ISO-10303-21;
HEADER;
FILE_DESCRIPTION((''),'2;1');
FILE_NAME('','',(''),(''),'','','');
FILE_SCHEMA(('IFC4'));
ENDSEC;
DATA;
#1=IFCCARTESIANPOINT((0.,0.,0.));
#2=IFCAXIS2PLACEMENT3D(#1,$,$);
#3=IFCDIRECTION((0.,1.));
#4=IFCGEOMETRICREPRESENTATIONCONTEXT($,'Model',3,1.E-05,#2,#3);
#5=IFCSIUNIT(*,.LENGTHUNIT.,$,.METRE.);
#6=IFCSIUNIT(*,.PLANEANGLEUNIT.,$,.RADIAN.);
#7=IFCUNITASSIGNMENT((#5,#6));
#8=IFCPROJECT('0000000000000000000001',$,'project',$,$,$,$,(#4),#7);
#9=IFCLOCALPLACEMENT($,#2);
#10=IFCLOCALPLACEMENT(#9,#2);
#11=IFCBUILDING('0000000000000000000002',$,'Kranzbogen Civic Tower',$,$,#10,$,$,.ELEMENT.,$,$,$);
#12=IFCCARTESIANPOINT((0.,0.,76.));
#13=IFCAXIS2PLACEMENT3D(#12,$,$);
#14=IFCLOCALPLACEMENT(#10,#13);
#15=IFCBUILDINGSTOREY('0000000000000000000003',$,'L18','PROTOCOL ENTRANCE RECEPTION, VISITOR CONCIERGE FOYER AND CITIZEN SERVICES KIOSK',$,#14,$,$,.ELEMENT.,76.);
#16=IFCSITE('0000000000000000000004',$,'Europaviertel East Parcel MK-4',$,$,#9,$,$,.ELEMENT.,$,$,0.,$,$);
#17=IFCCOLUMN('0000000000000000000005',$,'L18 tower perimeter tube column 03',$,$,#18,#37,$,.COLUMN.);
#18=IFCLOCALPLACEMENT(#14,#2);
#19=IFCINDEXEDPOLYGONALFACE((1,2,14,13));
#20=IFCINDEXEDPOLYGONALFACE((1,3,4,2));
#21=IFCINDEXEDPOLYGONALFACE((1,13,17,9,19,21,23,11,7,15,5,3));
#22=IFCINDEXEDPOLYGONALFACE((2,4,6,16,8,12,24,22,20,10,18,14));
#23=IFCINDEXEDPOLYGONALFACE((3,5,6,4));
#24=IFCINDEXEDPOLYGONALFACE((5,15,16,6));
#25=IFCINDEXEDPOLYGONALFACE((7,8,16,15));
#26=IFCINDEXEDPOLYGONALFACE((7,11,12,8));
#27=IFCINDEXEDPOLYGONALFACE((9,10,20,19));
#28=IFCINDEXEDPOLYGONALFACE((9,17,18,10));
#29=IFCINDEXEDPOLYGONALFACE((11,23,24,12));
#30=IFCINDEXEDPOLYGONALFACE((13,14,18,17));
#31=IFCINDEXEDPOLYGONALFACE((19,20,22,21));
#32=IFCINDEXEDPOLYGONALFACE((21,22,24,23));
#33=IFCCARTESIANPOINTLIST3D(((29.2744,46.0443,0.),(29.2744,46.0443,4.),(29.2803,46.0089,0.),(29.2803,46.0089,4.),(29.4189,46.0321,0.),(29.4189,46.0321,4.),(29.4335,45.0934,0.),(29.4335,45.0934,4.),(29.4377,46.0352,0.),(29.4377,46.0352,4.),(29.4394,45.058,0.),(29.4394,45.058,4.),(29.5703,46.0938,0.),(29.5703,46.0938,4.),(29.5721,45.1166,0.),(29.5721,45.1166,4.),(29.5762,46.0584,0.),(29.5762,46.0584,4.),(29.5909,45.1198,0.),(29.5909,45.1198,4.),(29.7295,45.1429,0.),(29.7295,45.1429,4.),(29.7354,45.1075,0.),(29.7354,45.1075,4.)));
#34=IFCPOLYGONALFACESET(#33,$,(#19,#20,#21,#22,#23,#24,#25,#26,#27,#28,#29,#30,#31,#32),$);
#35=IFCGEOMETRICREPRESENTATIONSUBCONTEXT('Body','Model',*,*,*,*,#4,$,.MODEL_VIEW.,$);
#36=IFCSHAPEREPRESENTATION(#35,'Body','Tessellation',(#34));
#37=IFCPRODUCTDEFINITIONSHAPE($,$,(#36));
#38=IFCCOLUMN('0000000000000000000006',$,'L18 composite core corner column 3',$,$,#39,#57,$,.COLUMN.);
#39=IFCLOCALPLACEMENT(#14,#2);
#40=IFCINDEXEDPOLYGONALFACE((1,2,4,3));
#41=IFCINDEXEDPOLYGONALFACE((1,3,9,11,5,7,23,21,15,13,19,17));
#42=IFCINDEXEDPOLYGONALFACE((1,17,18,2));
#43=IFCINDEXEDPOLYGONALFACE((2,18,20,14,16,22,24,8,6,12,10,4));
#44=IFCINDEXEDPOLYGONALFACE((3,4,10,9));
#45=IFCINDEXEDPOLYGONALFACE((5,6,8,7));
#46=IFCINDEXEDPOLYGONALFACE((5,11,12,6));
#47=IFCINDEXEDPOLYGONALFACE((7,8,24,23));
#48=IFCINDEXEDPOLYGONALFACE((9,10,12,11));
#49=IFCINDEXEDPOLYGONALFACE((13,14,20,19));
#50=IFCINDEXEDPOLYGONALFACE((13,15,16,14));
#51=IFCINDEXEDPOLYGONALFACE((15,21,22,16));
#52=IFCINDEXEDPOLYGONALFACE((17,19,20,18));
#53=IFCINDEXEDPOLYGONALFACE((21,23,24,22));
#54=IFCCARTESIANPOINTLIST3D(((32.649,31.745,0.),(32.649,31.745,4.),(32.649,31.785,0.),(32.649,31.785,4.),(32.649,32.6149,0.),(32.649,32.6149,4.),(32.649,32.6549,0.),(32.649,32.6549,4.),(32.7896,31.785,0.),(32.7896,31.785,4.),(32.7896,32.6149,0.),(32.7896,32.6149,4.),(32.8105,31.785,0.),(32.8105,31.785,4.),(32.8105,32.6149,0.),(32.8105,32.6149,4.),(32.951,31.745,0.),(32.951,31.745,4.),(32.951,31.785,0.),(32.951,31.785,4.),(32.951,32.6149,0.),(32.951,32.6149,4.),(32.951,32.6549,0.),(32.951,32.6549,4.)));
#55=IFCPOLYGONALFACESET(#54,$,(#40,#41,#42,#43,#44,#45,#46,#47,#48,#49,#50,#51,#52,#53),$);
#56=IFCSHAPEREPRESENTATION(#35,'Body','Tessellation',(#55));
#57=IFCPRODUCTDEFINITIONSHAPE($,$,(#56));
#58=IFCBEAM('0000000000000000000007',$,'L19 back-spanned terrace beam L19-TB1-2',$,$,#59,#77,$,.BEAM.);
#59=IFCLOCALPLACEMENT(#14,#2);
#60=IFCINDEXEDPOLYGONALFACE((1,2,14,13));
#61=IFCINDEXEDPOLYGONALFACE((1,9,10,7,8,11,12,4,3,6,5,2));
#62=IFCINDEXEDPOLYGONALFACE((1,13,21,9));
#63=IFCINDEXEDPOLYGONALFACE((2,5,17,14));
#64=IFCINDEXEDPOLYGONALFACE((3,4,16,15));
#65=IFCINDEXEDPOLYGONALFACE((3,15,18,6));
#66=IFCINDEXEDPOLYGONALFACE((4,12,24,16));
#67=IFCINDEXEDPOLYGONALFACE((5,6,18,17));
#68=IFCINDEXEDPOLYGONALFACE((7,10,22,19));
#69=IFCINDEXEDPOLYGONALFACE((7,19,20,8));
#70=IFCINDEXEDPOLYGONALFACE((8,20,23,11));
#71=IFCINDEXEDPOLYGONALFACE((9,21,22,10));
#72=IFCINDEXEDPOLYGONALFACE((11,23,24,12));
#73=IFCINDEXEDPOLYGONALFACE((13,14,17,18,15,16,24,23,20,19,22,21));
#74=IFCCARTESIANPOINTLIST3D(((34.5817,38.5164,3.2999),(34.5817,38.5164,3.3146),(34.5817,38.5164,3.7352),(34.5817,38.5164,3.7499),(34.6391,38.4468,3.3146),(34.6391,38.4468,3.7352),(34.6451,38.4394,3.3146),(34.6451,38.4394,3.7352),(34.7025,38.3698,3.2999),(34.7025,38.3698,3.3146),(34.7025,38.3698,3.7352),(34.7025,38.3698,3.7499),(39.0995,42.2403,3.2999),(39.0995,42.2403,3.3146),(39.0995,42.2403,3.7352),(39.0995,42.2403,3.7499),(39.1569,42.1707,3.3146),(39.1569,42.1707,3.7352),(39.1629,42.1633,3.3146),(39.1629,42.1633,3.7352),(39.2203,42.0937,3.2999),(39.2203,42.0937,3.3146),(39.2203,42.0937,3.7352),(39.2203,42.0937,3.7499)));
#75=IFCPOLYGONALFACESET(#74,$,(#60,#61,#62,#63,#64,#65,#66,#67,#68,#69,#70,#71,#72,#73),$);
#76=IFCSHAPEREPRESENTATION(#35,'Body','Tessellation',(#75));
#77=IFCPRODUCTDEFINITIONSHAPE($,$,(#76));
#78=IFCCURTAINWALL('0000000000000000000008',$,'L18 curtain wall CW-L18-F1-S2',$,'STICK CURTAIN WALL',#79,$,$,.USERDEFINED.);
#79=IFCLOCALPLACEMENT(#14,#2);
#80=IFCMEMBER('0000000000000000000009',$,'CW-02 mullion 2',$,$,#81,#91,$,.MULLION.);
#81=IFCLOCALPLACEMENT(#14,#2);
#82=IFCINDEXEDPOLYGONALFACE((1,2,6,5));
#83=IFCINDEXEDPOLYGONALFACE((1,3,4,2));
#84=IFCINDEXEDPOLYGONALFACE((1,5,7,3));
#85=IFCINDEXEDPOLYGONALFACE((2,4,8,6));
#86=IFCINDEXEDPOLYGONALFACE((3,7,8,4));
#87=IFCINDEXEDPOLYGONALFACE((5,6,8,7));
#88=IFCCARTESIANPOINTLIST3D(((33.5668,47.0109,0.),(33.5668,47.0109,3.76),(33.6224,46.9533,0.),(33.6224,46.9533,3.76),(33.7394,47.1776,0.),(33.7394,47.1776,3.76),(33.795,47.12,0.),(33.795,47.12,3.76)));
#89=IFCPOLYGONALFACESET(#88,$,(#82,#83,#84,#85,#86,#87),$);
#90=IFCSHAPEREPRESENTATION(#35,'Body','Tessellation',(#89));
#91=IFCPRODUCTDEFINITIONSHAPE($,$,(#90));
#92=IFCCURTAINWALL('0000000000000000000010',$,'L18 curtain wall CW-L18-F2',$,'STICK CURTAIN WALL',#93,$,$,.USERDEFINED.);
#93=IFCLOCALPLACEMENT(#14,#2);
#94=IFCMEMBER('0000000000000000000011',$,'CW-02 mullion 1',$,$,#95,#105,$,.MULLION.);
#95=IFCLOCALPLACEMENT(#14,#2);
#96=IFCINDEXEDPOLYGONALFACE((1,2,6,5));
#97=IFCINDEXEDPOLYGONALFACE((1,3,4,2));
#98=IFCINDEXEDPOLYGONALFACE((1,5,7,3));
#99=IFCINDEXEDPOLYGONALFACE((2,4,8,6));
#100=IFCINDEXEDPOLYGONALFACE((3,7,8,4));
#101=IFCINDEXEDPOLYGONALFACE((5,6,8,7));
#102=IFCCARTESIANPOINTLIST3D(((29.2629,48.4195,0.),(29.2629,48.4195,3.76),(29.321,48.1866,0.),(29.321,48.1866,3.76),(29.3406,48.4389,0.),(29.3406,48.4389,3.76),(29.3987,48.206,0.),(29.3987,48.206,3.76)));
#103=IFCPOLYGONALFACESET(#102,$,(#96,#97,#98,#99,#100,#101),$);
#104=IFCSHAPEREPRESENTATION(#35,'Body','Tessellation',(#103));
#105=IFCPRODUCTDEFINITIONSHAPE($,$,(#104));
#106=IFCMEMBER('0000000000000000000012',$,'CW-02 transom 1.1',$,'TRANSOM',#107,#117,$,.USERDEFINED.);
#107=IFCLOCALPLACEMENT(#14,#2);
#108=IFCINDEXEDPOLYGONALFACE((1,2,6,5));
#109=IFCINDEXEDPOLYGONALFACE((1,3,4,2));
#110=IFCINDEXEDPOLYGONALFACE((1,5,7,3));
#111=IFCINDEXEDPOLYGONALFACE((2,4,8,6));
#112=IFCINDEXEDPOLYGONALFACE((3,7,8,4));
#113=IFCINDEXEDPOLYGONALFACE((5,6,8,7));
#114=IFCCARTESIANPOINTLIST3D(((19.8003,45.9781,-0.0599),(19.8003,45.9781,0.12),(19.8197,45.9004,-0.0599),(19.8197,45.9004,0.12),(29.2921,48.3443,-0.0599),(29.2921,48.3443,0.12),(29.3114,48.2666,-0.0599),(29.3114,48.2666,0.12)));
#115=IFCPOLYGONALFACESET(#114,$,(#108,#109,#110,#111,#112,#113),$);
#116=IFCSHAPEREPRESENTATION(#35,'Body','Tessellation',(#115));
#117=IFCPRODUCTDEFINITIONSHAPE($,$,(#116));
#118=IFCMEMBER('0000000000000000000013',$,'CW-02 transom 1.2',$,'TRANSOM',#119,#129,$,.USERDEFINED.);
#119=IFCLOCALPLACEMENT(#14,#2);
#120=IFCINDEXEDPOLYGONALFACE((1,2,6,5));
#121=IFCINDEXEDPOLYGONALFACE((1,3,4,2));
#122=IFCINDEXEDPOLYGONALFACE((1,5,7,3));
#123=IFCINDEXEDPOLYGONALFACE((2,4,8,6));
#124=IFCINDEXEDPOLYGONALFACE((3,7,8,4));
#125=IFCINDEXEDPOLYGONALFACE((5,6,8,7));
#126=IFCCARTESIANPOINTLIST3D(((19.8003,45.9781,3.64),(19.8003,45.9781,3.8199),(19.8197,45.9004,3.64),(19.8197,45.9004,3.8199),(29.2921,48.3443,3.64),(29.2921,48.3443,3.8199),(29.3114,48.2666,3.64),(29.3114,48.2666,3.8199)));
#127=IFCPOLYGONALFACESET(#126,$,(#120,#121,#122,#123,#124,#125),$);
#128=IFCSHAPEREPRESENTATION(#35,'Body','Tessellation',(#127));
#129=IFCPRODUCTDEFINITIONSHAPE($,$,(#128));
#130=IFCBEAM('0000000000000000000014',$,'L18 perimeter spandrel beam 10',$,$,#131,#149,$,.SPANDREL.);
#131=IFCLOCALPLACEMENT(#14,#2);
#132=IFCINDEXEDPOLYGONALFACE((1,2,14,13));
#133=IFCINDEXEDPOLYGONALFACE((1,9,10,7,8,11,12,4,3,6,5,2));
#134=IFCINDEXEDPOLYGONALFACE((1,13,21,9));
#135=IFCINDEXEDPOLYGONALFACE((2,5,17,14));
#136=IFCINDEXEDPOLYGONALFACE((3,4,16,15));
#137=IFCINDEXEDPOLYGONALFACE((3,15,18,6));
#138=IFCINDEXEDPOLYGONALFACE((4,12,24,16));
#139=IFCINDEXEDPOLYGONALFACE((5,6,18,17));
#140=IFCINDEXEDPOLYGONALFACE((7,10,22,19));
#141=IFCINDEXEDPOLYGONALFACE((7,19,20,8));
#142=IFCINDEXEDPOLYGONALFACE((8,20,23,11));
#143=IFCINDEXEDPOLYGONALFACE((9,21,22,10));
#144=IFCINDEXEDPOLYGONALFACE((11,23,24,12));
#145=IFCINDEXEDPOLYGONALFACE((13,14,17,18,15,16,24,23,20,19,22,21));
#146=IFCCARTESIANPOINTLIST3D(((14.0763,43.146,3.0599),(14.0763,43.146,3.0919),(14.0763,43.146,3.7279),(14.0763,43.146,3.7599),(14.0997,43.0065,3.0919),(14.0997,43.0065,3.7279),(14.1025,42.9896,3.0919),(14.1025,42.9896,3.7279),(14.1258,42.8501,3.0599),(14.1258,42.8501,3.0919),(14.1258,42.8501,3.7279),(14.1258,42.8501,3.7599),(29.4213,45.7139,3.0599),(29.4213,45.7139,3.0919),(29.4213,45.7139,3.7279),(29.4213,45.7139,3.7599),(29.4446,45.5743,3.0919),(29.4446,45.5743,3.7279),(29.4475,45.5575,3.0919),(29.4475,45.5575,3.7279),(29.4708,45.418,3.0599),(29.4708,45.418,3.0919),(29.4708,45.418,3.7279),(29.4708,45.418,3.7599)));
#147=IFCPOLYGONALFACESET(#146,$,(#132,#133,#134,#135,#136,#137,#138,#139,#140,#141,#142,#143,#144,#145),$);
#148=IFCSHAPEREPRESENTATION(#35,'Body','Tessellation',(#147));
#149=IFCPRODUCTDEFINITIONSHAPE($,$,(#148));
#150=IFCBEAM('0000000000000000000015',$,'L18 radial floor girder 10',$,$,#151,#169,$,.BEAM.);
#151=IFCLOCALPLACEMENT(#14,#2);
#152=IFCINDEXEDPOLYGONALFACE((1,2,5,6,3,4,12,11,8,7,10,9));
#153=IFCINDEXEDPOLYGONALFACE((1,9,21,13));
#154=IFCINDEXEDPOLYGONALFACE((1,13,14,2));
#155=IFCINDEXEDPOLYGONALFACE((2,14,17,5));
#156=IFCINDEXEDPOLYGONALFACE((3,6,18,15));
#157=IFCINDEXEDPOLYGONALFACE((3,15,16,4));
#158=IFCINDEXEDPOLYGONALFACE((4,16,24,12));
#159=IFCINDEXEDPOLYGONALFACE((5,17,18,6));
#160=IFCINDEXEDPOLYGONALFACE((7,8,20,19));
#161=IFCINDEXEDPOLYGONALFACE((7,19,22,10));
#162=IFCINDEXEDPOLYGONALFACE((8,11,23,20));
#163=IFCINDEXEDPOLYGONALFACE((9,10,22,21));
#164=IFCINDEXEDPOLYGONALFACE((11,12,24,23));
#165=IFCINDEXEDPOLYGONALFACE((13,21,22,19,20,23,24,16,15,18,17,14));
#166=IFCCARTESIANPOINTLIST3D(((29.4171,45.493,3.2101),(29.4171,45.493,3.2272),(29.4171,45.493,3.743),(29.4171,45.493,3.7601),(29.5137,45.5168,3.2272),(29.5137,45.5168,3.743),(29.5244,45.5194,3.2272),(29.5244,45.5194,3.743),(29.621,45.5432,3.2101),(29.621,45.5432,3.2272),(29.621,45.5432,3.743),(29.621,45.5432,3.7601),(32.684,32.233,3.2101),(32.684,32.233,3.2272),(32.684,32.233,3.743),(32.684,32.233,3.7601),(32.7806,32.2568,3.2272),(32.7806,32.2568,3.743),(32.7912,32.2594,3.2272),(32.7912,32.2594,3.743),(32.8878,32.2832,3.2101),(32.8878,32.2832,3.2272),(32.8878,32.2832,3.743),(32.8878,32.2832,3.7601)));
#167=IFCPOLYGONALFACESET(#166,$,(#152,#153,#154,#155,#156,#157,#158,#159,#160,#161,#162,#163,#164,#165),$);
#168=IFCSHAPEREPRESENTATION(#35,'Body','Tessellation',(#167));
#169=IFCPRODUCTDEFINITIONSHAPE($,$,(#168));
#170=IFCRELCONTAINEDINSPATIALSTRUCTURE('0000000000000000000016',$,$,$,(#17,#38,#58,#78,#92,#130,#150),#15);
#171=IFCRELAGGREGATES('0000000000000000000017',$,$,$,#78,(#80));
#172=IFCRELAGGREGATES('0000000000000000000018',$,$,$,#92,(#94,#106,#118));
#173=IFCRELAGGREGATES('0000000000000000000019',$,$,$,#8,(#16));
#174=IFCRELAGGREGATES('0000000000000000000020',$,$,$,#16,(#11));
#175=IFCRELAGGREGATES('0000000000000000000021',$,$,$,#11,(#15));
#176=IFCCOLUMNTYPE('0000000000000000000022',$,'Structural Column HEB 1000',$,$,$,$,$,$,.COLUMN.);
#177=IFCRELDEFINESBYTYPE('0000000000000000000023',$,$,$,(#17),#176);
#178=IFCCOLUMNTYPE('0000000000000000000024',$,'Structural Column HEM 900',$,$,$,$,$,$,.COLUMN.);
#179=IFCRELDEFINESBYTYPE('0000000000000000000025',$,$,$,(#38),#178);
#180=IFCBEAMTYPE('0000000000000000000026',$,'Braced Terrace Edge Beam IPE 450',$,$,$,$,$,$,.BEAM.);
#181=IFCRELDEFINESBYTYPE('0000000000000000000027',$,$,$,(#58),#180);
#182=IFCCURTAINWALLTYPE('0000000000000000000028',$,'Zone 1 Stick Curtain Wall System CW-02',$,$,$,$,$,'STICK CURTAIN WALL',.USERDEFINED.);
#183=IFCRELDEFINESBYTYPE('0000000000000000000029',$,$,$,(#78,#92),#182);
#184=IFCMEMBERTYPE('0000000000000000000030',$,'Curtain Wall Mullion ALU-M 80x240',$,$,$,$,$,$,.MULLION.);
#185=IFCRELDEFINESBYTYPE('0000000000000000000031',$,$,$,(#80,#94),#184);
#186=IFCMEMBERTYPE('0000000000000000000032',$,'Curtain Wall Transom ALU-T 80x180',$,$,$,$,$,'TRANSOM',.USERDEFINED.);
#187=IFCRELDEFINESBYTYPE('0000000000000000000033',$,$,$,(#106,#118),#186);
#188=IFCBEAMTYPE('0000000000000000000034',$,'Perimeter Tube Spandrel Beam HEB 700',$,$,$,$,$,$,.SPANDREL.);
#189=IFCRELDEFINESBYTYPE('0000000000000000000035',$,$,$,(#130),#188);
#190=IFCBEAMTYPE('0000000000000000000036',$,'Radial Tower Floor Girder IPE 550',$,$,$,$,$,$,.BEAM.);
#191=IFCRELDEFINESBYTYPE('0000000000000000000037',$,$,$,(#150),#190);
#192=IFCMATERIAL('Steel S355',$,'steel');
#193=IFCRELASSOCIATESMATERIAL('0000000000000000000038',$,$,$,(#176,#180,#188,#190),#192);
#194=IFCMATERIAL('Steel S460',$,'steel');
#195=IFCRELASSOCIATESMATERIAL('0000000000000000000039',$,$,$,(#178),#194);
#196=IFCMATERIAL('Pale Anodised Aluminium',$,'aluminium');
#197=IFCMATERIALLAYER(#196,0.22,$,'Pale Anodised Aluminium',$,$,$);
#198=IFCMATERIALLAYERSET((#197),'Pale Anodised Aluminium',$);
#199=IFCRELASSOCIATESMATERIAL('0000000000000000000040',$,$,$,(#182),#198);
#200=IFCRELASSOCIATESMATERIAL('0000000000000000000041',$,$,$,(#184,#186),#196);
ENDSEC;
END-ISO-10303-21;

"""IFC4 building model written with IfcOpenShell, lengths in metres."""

from ifc_helpers import new_model, si_unit, direction, frame, origin, origin_2d, place, context, subcontext, project, spatial, rectangle, i_section, extrude, material, layer, layer_set, material_profile, profile_set, type_object, element, aggregate, save


model = new_model("IFC4")

# Units and contexts
model_context = context("Model", 3, precision=1e-05, world=origin(), true_north=direction((0.0, 1.0)))
body_context = subcontext(model_context, "Body", "Model", "MODEL_VIEW")
ifc_project = project(units=[si_unit("LENGTHUNIT", "METRE"), si_unit("PLANEANGLEUNIT", "RADIAN")], contexts=[model_context])

# Site, building, storey
site_placement = place(None, origin())
site = spatial("IfcSite", under=ifc_project, at=site_placement, Name="Europaviertel East Parcel MK-4", CompositionType="ELEMENT", RefElevation=0.0)
building_placement = place(site_placement, origin())
building = spatial("IfcBuilding", under=site, at=building_placement, Name="Kranzbogen Civic Tower", CompositionType="ELEMENT")
storey_placement = place(building_placement, frame((0.0, 0.0, 76.0)))
storey = spatial("IfcBuildingStorey", under=building, at=storey_placement, Name="L18", Description="PROTOCOL ENTRANCE RECEPTION, VISITOR CONCIERGE FOYER AND CITIZEN SERVICES KIOSK", CompositionType="ELEMENT", Elevation=76.0)

# Columns
ifc_material_1 = material(Name="Steel S355", Category="steel")
ifc_material_profile_1 = material_profile(ifc_material_1, i_section(OverallWidth=0.3, OverallDepth=1.0, WebThickness=0.019, FlangeThickness=0.0359, at=origin_2d()), Name="HEB 1000")
ifc_profile_set_1 = profile_set([ifc_material_profile_1], Name="Steel S355")
column_type_1 = type_object("IfcColumnType", Name="Structural Column HEB 1000", PredefinedType="COLUMN", material=ifc_profile_set_1)
column_1_placement = place(storey_placement, frame((29.5049, 45.5759, 0.0), z_axis=(0.0, 0.0, 1.0), x_axis=(0.986286, 0.165048, 0.0)))
element("IfcColumn", 1, at=column_1_placement, inside=storey, type_object=column_type_1, Name="L18 tower perimeter tube column 03", PredefinedType="COLUMN", context=body_context, shape_type="SweptSolid", body=[
    extrude(i_section(OverallWidth=0.3, OverallDepth=1.0, WebThickness=0.019, FlangeThickness=0.0359, at=origin_2d()), origin(), (0.0, 0.0, 1.0), 4.0),
])
ifc_material_2 = material(Name="Steel S460", Category="steel")
ifc_material_profile_2 = material_profile(ifc_material_2, i_section(OverallWidth=0.302, OverallDepth=0.9099, WebThickness=0.021, FlangeThickness=0.04, at=origin_2d()), Name="HEM 900")
ifc_profile_set_2 = profile_set([ifc_material_profile_2], Name="Steel S460")
column_type_2 = type_object("IfcColumnType", Name="Structural Column HEM 900", PredefinedType="COLUMN", material=ifc_profile_set_2)
column_2_placement = place(storey_placement, frame((32.8, 32.2, 0.0), z_axis=(0.0, 0.0, 1.0), x_axis=(1.0, 0.0, 0.0)))
element("IfcColumn", 2, at=column_2_placement, inside=storey, type_object=column_type_2, Name="L18 composite core corner column 3", PredefinedType="COLUMN", context=body_context, shape_type="SweptSolid", body=[
    extrude(i_section(OverallWidth=0.302, OverallDepth=0.9099, WebThickness=0.021, FlangeThickness=0.04, at=origin_2d()), origin(), (0.0, 0.0, 1.0), 4.0),
])

# Beam
ifc_material_profile_3 = material_profile(ifc_material_1, i_section(OverallWidth=0.1899, OverallDepth=0.45, WebThickness=0.0095, FlangeThickness=0.0146, at=origin_2d()), Name="IPE 450")
ifc_profile_set_3 = profile_set([ifc_material_profile_3], Name="Steel S355")
beam_type_1 = type_object("IfcBeamType", Name="Braced Terrace Edge Beam IPE 450", PredefinedType="BEAM", material=ifc_profile_set_3)
beam_1_placement = place(storey_placement, frame((34.6421, 38.4431, 3.5249), z_axis=(0.771652, 0.636045, 0.0), x_axis=(-0.636045, 0.771652, 0.0)))
element("IfcBeam", 3, at=beam_1_placement, inside=storey, type_object=beam_type_1, Name="L19 back-spanned terrace beam L19-TB1-2", PredefinedType="BEAM", context=body_context, shape_type="SweptSolid", body=[
    extrude(i_section(OverallWidth=0.1899, OverallDepth=0.45, WebThickness=0.0095, FlangeThickness=0.0146, at=origin_2d()), origin(), (0.0, 0.0, 1.0), 5.8547),
])

# Curtain wall, member
ifc_material_3 = material(Name="Pale Anodised Aluminium", Category="aluminium")
ifc_layer_1 = layer(ifc_material_3, 0.22, Name="Pale Anodised Aluminium")
ifc_layer_set_1 = layer_set([ifc_layer_1], Name="Pale Anodised Aluminium")
curtain_wall_type = type_object("IfcCurtainWallType", Name="Zone 1 Stick Curtain Wall System CW-02", ElementType="STICK CURTAIN WALL", PredefinedType="USERDEFINED", material=ifc_layer_set_1)
curtain_wall_1_placement = place(storey_placement, origin())
curtain_wall_1 = element("IfcCurtainWall", 4, at=curtain_wall_1_placement, inside=storey, type_object=curtain_wall_type, Name="L18 curtain wall CW-L18-F1-S2", ObjectType="STICK CURTAIN WALL", PredefinedType="USERDEFINED")
ifc_material_profile_4 = material_profile(ifc_material_3, rectangle(XDim=0.0801, YDim=0.24, at=origin_2d()), Name="ALU-M 80x240")
ifc_profile_set_4 = profile_set([ifc_material_profile_4], Name="Pale Anodised Aluminium")
member_type_1 = type_object("IfcMemberType", Name="Curtain Wall Mullion ALU-M 80x240", PredefinedType="MULLION", material=ifc_profile_set_4)
member_1_placement = place(storey_placement, frame((33.6809, 47.0654, 0.0), z_axis=(0.0, 0.0, 1.0), x_axis=(-0.69466, 0.719338, 0.0)))
member_1 = element("IfcMember", 5, at=member_1_placement, type_object=member_type_1, Name="CW-02 mullion 2", PredefinedType="MULLION", context=body_context, shape_type="SweptSolid", body=[
    extrude(rectangle(XDim=0.0801, YDim=0.24, at=origin_2d()), origin(), (0.0, 0.0, 1.0), 3.76),
])
aggregate(curtain_wall_1, [member_1])

# Curtain wall, members
curtain_wall_2_placement = place(storey_placement, origin())
curtain_wall_2 = element("IfcCurtainWall", 6, at=curtain_wall_2_placement, inside=storey, type_object=curtain_wall_type, Name="L18 curtain wall CW-L18-F2", ObjectType="STICK CURTAIN WALL", PredefinedType="USERDEFINED")
member_2_placement = place(storey_placement, frame((29.3308, 48.3127, 0.0), z_axis=(0.0, 0.0, 1.0), x_axis=(-0.970303, -0.241892, 0.0)))
member_2 = element("IfcMember", 7, at=member_2_placement, type_object=member_type_1, Name="CW-02 mullion 1", PredefinedType="MULLION", context=body_context, shape_type="SweptSolid", body=[
    extrude(rectangle(XDim=0.0801, YDim=0.24, at=origin_2d()), origin(), (0.0, 0.0, 1.0), 3.76),
])
ifc_material_profile_5 = material_profile(ifc_material_3, rectangle(XDim=0.0801, YDim=0.1799, at=origin_2d()), Name="ALU-T 80x180")
ifc_profile_set_5 = profile_set([ifc_material_profile_5], Name="Pale Anodised Aluminium")
member_type_2 = type_object("IfcMemberType", Name="Curtain Wall Transom ALU-T 80x180", ElementType="TRANSOM", PredefinedType="USERDEFINED", material=ifc_profile_set_5)
member_3_placement = place(storey_placement, frame((29.3018, 48.3054, 0.03), z_axis=(-0.970304, -0.24189, 0.0), x_axis=(0.24189, -0.970304, 0.0)))
member_3 = element("IfcMember", 8, at=member_3_placement, type_object=member_type_2, Name="CW-02 transom 1.1", ObjectType="TRANSOM", PredefinedType="USERDEFINED", context=body_context, shape_type="SweptSolid", body=[
    extrude(rectangle(XDim=0.0801, YDim=0.1799, at=origin_2d()), origin(), (0.0, 0.0, 1.0), 9.7822),
])
member_4_placement = place(storey_placement, frame((29.3018, 48.3054, 3.73), z_axis=(-0.970304, -0.24189, 0.0), x_axis=(0.24189, -0.970304, 0.0)))
member_4 = element("IfcMember", 9, at=member_4_placement, type_object=member_type_2, Name="CW-02 transom 1.2", ObjectType="TRANSOM", PredefinedType="USERDEFINED", context=body_context, shape_type="SweptSolid", body=[
    extrude(rectangle(XDim=0.0801, YDim=0.1799, at=origin_2d()), origin(), (0.0, 0.0, 1.0), 9.7822),
])

# Beams
ifc_material_profile_6 = material_profile(ifc_material_1, i_section(OverallWidth=0.3, OverallDepth=0.7, WebThickness=0.0171, FlangeThickness=0.032, at=origin_2d()), Name="HEB 700")
ifc_profile_set_6 = profile_set([ifc_material_profile_6], Name="Steel S355")
beam_type_2 = type_object("IfcBeamType", Name="Perimeter Tube Spandrel Beam HEB 700", PredefinedType="SPANDREL", material=ifc_profile_set_6)
beam_2_placement = place(storey_placement, frame((29.446, 45.5659, 3.4099), z_axis=(-0.986286, -0.165048, 0.0), x_axis=(0.165048, -0.986286, 0.0)))
element("IfcBeam", 10, at=beam_2_placement, inside=storey, type_object=beam_type_2, Name="L18 perimeter spandrel beam 10", PredefinedType="SPANDREL", context=body_context, shape_type="SweptSolid", body=[
    extrude(i_section(OverallWidth=0.3, OverallDepth=0.7, WebThickness=0.0171, FlangeThickness=0.032, at=origin_2d()), origin(), (0.0, 0.0, 1.0), 15.5583),
])
ifc_material_profile_7 = material_profile(ifc_material_1, i_section(OverallWidth=0.21, OverallDepth=0.55, WebThickness=0.011, FlangeThickness=0.0171, at=origin_2d()), Name="IPE 550")
ifc_profile_set_7 = profile_set([ifc_material_profile_7], Name="Steel S355")
beam_type_3 = type_object("IfcBeamType", Name="Radial Tower Floor Girder IPE 550", PredefinedType="BEAM", material=ifc_profile_set_7)
beam_3_placement = place(storey_placement, frame((29.519, 45.5181, 3.4851), z_axis=(0.239215, -0.970967, 0.0), x_axis=(0.970967, 0.239215, 0.0)))
element("IfcBeam", 11, at=beam_3_placement, inside=storey, type_object=beam_type_3, Name="L18 radial floor girder 10", PredefinedType="BEAM", context=body_context, shape_type="SweptSolid", body=[
    extrude(i_section(OverallWidth=0.21, OverallDepth=0.55, WebThickness=0.011, FlangeThickness=0.0171, at=origin_2d()), origin(), (0.0, 0.0, 1.0), 13.6565),
])

aggregate(curtain_wall_2, [member_2, member_3, member_4])

save(model, "model.ifc")
